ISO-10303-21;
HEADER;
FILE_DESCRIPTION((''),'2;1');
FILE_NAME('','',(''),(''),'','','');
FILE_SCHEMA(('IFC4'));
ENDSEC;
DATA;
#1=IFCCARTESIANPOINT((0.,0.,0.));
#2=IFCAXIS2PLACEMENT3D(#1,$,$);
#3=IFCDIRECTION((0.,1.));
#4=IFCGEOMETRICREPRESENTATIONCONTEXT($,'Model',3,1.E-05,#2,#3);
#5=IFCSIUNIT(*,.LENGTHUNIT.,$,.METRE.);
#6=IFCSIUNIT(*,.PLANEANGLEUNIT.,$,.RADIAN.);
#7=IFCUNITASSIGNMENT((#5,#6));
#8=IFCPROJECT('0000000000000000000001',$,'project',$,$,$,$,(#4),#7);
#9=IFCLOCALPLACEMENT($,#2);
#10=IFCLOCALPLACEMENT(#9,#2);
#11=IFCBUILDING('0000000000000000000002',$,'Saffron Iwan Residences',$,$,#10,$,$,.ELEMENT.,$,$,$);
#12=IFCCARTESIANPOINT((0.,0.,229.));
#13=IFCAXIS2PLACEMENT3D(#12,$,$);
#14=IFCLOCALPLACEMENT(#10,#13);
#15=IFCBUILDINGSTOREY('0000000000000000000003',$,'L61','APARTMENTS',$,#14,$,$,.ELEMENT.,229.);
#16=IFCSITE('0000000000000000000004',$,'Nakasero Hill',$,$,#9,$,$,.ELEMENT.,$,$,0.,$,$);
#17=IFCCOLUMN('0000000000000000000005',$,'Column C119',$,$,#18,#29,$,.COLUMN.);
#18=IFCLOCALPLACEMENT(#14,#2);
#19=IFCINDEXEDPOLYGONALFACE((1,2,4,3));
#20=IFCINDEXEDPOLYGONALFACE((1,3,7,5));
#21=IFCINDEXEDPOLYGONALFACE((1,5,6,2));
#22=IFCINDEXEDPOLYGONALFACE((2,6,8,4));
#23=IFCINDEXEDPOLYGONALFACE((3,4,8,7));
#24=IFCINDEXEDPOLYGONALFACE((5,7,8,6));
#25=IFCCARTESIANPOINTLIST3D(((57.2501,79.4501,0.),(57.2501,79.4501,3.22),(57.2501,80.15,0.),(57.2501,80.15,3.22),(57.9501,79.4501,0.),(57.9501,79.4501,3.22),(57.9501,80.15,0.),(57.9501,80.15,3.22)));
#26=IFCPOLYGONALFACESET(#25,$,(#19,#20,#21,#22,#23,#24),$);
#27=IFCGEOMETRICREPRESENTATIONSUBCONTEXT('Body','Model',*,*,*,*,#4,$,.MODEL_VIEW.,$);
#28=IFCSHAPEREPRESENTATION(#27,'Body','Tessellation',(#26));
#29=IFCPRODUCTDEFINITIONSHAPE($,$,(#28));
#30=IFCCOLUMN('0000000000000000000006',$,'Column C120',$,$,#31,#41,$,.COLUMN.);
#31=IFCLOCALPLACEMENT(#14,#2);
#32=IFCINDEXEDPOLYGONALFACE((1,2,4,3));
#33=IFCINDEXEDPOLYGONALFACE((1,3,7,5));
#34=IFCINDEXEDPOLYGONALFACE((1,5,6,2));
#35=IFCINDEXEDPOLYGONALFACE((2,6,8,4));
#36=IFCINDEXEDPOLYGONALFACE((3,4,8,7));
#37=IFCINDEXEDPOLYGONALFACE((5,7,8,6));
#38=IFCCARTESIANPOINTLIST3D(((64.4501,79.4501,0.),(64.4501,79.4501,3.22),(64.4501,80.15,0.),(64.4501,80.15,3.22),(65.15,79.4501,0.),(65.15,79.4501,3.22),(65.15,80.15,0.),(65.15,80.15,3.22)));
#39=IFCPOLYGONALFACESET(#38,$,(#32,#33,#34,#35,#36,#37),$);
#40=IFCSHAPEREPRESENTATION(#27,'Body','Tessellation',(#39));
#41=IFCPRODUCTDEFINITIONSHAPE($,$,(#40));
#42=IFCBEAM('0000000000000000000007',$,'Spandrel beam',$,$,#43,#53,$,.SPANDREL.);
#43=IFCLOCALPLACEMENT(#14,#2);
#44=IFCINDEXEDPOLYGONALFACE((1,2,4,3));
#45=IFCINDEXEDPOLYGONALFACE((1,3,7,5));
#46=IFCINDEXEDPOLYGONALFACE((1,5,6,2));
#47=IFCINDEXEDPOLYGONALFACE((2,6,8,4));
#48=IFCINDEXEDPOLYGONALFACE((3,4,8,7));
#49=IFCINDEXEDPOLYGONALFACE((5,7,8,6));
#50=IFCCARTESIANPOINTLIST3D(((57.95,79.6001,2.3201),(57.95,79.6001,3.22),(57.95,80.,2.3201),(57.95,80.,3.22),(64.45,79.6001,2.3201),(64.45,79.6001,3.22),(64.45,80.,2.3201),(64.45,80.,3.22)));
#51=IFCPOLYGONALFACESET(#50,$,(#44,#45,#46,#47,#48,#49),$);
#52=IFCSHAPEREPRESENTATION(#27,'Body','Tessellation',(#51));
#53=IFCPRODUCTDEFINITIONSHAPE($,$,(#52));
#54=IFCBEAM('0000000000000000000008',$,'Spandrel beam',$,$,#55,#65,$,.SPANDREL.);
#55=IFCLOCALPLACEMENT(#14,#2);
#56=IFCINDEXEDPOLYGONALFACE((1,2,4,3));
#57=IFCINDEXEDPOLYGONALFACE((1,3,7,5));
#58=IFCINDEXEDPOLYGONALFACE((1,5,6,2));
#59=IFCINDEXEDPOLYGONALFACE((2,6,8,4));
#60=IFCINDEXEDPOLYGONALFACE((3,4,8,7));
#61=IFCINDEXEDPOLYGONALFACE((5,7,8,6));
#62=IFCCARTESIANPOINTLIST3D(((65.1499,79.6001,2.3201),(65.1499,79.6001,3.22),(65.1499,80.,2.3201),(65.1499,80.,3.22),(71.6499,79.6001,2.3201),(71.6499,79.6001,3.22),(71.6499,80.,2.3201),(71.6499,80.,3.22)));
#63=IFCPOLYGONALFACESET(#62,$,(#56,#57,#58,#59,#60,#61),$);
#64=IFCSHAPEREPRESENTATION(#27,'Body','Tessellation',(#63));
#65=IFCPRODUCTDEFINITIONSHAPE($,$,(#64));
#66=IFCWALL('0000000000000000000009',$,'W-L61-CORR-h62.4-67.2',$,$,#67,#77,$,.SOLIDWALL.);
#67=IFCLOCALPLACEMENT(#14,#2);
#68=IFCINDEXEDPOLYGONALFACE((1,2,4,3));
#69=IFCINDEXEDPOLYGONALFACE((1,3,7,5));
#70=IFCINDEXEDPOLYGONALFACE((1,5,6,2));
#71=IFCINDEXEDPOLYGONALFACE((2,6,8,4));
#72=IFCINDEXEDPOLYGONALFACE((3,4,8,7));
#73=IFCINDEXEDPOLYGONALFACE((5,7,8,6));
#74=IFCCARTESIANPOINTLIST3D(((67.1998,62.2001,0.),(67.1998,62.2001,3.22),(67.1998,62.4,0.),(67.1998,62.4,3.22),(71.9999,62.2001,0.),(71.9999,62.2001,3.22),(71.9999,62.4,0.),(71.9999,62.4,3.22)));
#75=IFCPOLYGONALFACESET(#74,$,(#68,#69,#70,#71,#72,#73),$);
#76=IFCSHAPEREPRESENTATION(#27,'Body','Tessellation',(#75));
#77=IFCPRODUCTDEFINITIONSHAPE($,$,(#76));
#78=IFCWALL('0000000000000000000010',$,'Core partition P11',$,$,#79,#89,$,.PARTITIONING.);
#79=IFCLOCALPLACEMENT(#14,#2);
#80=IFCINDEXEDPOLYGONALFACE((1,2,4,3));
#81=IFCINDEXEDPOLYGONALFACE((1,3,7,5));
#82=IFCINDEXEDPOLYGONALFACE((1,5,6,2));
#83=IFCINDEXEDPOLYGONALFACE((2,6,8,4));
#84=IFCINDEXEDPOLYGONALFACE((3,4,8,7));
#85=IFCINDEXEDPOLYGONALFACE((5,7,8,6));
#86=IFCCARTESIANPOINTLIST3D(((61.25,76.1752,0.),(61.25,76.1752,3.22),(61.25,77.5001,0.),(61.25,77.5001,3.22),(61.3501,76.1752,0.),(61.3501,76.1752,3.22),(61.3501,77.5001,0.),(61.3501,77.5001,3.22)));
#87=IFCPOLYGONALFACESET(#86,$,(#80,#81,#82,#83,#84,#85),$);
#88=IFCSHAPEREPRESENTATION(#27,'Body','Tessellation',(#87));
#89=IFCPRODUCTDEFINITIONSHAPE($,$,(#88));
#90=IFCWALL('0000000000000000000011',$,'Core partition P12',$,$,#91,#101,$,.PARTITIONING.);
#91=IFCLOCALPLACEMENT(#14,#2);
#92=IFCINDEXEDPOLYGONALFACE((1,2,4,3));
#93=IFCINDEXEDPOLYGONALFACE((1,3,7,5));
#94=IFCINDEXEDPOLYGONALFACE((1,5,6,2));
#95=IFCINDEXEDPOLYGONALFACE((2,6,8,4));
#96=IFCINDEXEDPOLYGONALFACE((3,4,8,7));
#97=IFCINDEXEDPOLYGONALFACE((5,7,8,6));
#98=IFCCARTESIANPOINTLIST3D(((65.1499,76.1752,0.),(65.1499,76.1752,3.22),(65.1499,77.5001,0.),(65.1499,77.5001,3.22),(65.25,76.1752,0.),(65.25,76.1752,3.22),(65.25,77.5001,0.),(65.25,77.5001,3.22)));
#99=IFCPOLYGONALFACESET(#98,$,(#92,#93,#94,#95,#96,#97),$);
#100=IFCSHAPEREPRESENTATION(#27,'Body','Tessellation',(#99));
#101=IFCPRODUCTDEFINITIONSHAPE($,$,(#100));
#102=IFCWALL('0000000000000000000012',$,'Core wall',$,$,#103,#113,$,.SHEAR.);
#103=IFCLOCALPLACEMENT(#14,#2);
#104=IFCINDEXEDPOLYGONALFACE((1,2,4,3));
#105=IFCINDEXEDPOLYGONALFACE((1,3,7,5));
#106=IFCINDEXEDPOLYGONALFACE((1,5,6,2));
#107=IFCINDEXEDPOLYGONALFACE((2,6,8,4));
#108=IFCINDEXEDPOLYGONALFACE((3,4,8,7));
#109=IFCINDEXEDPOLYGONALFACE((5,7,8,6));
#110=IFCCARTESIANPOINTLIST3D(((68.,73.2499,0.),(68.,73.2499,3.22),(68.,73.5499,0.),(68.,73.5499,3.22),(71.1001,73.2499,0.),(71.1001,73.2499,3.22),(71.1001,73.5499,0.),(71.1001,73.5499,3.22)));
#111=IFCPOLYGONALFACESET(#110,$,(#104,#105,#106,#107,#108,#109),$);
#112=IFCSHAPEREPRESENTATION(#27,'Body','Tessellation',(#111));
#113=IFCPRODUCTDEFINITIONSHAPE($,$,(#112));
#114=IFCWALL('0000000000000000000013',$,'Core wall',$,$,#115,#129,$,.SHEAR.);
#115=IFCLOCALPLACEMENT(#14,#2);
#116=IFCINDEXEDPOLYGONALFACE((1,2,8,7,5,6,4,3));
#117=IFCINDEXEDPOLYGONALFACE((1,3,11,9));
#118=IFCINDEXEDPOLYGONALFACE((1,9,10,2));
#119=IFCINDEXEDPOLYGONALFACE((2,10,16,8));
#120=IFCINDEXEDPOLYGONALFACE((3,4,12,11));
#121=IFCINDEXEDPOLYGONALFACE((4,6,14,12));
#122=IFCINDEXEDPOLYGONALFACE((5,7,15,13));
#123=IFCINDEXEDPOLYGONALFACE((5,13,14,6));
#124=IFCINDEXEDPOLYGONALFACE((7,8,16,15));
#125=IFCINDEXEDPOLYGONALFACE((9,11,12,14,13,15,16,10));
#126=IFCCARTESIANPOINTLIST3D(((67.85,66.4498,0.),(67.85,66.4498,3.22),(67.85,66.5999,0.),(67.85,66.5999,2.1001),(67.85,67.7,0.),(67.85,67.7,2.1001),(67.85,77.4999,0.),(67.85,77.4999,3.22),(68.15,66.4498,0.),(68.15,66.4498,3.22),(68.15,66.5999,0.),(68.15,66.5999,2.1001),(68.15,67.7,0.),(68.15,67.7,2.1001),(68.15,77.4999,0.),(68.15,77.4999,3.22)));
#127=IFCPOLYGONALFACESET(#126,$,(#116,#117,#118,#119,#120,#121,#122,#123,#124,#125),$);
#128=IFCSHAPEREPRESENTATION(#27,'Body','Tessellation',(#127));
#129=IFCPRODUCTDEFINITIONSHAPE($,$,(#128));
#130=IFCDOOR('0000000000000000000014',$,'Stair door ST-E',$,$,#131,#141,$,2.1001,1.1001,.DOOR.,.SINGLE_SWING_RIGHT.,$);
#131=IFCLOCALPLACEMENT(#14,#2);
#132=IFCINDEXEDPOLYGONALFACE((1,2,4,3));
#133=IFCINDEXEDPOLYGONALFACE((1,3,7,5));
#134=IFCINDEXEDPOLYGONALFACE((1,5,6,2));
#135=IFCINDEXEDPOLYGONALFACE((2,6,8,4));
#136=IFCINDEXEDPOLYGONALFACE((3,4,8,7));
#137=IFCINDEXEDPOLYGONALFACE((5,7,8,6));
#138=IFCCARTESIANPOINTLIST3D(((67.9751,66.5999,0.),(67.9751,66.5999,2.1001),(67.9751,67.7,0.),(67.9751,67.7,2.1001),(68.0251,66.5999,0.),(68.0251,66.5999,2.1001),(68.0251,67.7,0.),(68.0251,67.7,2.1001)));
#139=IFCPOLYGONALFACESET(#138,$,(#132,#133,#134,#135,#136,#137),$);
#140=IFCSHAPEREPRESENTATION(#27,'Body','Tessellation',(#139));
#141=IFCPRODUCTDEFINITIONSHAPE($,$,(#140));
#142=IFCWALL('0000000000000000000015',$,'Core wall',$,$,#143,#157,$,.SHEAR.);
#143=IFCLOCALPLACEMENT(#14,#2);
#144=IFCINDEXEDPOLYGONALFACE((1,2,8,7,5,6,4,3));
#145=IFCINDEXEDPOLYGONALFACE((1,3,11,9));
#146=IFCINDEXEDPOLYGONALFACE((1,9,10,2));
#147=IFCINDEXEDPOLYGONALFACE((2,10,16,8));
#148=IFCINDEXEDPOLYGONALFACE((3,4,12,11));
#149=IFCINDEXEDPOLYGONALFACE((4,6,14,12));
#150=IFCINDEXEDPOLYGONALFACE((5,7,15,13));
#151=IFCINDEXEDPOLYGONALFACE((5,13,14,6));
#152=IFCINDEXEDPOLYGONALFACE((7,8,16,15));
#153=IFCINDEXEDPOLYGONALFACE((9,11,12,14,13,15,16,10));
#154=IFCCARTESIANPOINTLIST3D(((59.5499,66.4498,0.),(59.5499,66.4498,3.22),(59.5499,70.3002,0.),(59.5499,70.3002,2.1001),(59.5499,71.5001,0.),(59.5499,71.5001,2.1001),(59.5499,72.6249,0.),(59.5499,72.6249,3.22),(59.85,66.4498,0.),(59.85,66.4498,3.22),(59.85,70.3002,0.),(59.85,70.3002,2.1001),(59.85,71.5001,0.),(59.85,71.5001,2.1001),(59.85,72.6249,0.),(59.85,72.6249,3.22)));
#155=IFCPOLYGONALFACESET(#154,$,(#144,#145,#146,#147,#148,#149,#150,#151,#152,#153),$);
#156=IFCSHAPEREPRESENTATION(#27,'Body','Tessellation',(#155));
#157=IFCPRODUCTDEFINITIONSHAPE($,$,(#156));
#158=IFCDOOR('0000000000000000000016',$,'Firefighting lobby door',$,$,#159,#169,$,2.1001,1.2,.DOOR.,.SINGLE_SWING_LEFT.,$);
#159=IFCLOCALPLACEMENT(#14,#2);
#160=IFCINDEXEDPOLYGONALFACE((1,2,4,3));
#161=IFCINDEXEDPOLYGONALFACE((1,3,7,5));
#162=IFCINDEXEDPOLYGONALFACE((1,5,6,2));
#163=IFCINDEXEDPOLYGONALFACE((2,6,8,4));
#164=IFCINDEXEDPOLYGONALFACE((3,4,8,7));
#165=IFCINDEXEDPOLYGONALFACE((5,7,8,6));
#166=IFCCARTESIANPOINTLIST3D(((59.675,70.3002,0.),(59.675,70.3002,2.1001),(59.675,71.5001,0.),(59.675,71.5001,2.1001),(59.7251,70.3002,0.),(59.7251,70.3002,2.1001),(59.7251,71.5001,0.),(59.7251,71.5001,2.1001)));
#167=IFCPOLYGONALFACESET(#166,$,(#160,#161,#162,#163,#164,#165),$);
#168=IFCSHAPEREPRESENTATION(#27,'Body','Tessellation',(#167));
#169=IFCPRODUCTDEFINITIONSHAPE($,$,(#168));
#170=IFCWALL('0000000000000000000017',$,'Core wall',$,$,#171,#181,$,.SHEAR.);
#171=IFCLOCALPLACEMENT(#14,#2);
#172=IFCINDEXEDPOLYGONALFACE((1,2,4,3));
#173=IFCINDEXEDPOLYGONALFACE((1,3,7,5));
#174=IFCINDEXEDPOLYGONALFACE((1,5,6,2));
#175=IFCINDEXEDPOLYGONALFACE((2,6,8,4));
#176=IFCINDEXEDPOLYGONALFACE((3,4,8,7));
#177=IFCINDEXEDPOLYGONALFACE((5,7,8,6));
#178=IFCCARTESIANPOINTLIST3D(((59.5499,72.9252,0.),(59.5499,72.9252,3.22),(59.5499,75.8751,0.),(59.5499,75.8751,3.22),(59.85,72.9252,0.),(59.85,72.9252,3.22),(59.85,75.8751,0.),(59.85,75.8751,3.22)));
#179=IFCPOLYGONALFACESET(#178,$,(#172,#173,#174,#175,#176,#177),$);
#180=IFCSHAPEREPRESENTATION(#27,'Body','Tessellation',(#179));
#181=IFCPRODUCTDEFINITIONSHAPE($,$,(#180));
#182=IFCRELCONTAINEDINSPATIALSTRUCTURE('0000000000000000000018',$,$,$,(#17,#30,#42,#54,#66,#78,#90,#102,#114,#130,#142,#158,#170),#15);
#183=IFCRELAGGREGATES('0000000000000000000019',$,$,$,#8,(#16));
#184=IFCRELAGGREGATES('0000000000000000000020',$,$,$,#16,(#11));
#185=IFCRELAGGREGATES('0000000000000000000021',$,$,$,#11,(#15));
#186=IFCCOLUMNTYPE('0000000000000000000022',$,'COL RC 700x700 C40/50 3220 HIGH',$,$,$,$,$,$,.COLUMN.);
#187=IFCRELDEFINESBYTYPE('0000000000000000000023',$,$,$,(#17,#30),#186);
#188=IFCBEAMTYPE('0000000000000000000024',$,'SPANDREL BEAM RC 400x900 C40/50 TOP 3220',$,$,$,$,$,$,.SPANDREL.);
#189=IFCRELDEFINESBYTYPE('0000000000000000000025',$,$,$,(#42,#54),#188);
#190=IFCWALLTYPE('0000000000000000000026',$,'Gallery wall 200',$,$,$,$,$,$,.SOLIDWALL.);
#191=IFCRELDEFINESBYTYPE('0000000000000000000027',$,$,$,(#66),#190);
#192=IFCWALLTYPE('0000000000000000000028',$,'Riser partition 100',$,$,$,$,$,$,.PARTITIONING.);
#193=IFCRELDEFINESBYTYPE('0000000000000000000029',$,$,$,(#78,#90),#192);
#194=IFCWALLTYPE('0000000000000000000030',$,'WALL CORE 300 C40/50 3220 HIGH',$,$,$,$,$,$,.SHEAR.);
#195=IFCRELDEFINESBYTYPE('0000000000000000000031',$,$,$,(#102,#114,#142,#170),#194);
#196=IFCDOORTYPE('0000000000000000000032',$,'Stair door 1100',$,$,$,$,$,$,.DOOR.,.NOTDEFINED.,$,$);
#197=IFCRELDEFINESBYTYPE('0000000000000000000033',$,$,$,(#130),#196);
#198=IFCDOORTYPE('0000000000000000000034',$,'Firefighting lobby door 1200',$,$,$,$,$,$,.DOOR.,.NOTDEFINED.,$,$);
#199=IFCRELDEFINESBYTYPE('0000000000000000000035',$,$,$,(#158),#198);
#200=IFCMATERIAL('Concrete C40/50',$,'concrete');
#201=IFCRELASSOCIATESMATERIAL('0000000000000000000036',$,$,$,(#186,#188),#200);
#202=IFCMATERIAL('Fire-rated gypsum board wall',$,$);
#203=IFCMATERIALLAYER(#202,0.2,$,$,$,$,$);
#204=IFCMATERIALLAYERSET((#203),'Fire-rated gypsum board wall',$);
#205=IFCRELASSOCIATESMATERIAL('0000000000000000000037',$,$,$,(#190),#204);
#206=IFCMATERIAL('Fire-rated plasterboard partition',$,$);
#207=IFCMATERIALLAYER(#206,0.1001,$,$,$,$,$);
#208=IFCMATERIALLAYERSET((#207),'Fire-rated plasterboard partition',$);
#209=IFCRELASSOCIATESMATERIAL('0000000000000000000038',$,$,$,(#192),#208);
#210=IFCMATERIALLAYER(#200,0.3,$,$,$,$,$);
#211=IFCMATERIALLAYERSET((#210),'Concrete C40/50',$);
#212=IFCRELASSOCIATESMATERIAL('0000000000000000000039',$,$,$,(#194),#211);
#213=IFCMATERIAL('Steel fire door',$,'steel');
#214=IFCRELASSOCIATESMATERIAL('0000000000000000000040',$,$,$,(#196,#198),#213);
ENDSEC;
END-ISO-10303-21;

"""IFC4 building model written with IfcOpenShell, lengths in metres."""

from ifc_helpers import new_model, si_unit, direction, frame, frame_2d, origin, origin_2d, place, context, subcontext, project, spatial, rectangle, extrude, source, transform, mapped, material, layer, layer_set, material_profile, profile_set, type_object, element, fill, save


model = new_model("IFC4")

# Units and contexts
model_context = context("Model", 3, precision=1e-05, world=origin(), true_north=direction((0.0, 1.0)))
body_context = subcontext(model_context, "Body", "Model", "MODEL_VIEW")
ifc_project = project(units=[si_unit("LENGTHUNIT", "METRE"), si_unit("PLANEANGLEUNIT", "RADIAN")], contexts=[model_context])

# Site, building, storey
site_placement = place(None, origin())
site = spatial("IfcSite", under=ifc_project, at=site_placement, Name="Nakasero Hill", CompositionType="ELEMENT", RefElevation=0.0)
building_placement = place(site_placement, origin())
building = spatial("IfcBuilding", under=site, at=building_placement, Name="Saffron Iwan Residences", CompositionType="ELEMENT")
storey_placement = place(building_placement, frame((0.0, 0.0, 229.0)))
storey = spatial("IfcBuildingStorey", under=building, at=storey_placement, Name="L61", Description="APARTMENTS", CompositionType="ELEMENT", Elevation=229.0)

# Columns
ifc_material_1 = material(Name="Concrete C40/50", Category="concrete")
ifc_material_profile_1 = material_profile(ifc_material_1, rectangle(XDim=0.7, YDim=0.7, at=origin_2d()), Name="RC 700x700")
ifc_profile_set_1 = profile_set([ifc_material_profile_1], Name="Concrete C40/50")
column_type = type_object("IfcColumnType", Name="COL RC 700x700 C40/50 3220 HIGH", PredefinedType="COLUMN", material=ifc_profile_set_1)
shared_shape_1 = source(origin(), body_context, "Body", "SweptSolid", [
    extrude(rectangle(XDim=0.7, YDim=0.7, at=origin_2d()), origin(), (0.0, 0.0, 1.0), 3.22),
])
for number, where, z_axis, x_axis, name in (
    (1, (57.6001, 79.8, 0.0), (0.0, 0.0, 1.0), (1.0, 0.0, 0.0), "Column C119"),
    (2, (64.8, 79.8, 0.0), (0.0, 0.0, 1.0), (1.0, 0.0, 0.0), "Column C120"),
):
    element("IfcColumn", number, at=place(storey_placement, frame(where, z_axis=z_axis, x_axis=x_axis)), inside=storey, type_object=column_type, Name=name, PredefinedType="COLUMN", context=body_context, shape_type="MappedRepresentation", body=[
        mapped(shared_shape_1, transform((0.0, 0.0, 0.0))),
    ])

# Beams
ifc_material_profile_2 = material_profile(ifc_material_1, rectangle(XDim=0.3999, YDim=0.8999, at=origin_2d()), Name="RC 400x900")
ifc_profile_set_2 = profile_set([ifc_material_profile_2], Name="Concrete C40/50")
beam_type = type_object("IfcBeamType", Name="SPANDREL BEAM RC 400x900 C40/50 TOP 3220", PredefinedType="SPANDREL", material=ifc_profile_set_2)
shared_shape_2 = source(origin(), body_context, "Body", "SweptSolid", [
    extrude(rectangle(XDim=0.3999, YDim=0.8999, at=origin_2d()), origin(), (0.0, 0.0, 1.0), 6.5),
])
for number, where, z_axis, x_axis, name in (
    (3, (57.95, 79.8, 2.77), (1.0, 0.0, 0.0), (0.0, 1.0, 0.0), "Spandrel beam"),
    (4, (65.1499, 79.8, 2.77), (1.0, 0.0, 0.0), (0.0, 1.0, 0.0), "Spandrel beam"),
):
    element("IfcBeam", number, at=place(storey_placement, frame(where, z_axis=z_axis, x_axis=x_axis)), inside=storey, type_object=beam_type, Name=name, PredefinedType="SPANDREL", context=body_context, shape_type="MappedRepresentation", body=[
        mapped(shared_shape_2, transform((0.0, 0.0, 0.0))),
    ])

# Walls
ifc_material_2 = material(Name="Fire-rated gypsum board wall")
ifc_layer_1 = layer(ifc_material_2, 0.2)
ifc_layer_set_1 = layer_set([ifc_layer_1], Name="Fire-rated gypsum board wall")
wall_type_1 = type_object("IfcWallType", Name="Gallery wall 200", PredefinedType="SOLIDWALL", material=ifc_layer_set_1)
wall_1_placement = place(storey_placement, frame((67.2, 62.3, 0.0), z_axis=(0.0, 0.0, 1.0), x_axis=(1.0, 0.0, 0.0)))
element("IfcWall", 5, at=wall_1_placement, inside=storey, type_object=wall_type_1, Name="W-L61-CORR-h62.4-67.2", PredefinedType="SOLIDWALL", context=body_context, shape_type="SweptSolid", body=[
    extrude(rectangle(XDim=4.8, YDim=0.2, at=frame_2d((2.3999, 0.0))), origin(), (0.0, 0.0, 1.0), 3.22),
])
ifc_material_3 = material(Name="Fire-rated plasterboard partition")
ifc_layer_2 = layer(ifc_material_3, 0.1001)
ifc_layer_set_2 = layer_set([ifc_layer_2], Name="Fire-rated plasterboard partition")
wall_type_2 = type_object("IfcWallType", Name="Riser partition 100", PredefinedType="PARTITIONING", material=ifc_layer_set_2)
for number, where, z_axis, x_axis, name in (
    (6, (61.3, 76.175, 0.0), (0.0, 0.0, 1.0), (0.0, 1.0, 0.0), "Core partition P11"),
    (7, (65.2, 76.175, 0.0), (0.0, 0.0, 1.0), (0.0, 1.0, 0.0), "Core partition P12"),
):
    element("IfcWall", number, at=place(storey_placement, frame(where, z_axis=z_axis, x_axis=x_axis)), inside=storey, type_object=wall_type_2, Name=name, PredefinedType="PARTITIONING", context=body_context, shape_type="SweptSolid", body=[
        extrude(rectangle(XDim=1.325, YDim=0.1001, at=frame_2d((0.6626, 0.0))), origin(), (0.0, 0.0, 1.0), 3.22),
    ])
ifc_layer_3 = layer(ifc_material_1, 0.3)
ifc_layer_set_3 = layer_set([ifc_layer_3], Name="Concrete C40/50")
wall_type_3 = type_object("IfcWallType", Name="WALL CORE 300 C40/50 3220 HIGH", PredefinedType="SHEAR", material=ifc_layer_set_3)
wall_2_placement = place(storey_placement, frame((68.0, 73.3999, 0.0), z_axis=(0.0, 0.0, 1.0), x_axis=(1.0, 0.0, 0.0)))
element("IfcWall", 8, at=wall_2_placement, inside=storey, type_object=wall_type_3, Name="Core wall", PredefinedType="SHEAR", context=body_context, shape_type="SweptSolid", body=[
    extrude(rectangle(XDim=3.1001, YDim=0.3, at=frame_2d((1.55, 0.0))), origin(), (0.0, 0.0, 1.0), 3.22),
])

# Walls, openings, doors
wall_3_placement = place(storey_placement, frame((68.0, 66.45, 0.0), z_axis=(0.0, 0.0, 1.0), x_axis=(0.0, 1.0, 0.0)))
wall_3 = element("IfcWall", 9, at=wall_3_placement, inside=storey, type_object=wall_type_3, Name="Core wall", PredefinedType="SHEAR", context=body_context, shape_type="SweptSolid", body=[
    extrude(rectangle(XDim=11.05, YDim=0.3, at=frame_2d((5.5249, 0.0))), origin(), (0.0, 0.0, 1.0), 3.22),
])
opening_1_placement = place(wall_3_placement, frame((0.1499, 0.0, 0.0)))
opening_1 = element("IfcOpeningElement", 10, at=opening_1_placement, cuts=wall_3, PredefinedType="OPENING", context=body_context, shape_type="SweptSolid", body=[
    extrude(rectangle(XDim=1.1001, YDim=2.1001, at=frame_2d((0.55, 1.05))), frame((0.0, 0.1602, 0.0), z_axis=(0.0, -1.0, 0.0), x_axis=(1.0, 0.0, 0.0)), (0.0, 0.0, 1.0), 0.3201),
])
ifc_material_4 = material(Name="Steel fire door", Category="steel")
door_type_1 = type_object("IfcDoorType", Name="Stair door 1100", OperationType="NOTDEFINED", PredefinedType="DOOR", material=ifc_material_4)
door_1_placement = place(opening_1_placement, origin())
door_1 = element("IfcDoor", 11, at=door_1_placement, inside=storey, type_object=door_type_1, Name="Stair door ST-E", OperationType="SINGLE_SWING_RIGHT", OverallHeight=2.1001, OverallWidth=1.1001, PredefinedType="DOOR", context=body_context, shape_type="SweptSolid", body=[
    extrude(rectangle(XDim=1.1001, YDim=2.1001, at=frame_2d((0.55, 1.05))), frame((0.0, 0.0249, 0.0), z_axis=(0.0, -1.0, 0.0), x_axis=(1.0, 0.0, 0.0)), (0.0, 0.0, 1.0), 0.05),
])
fill(opening_1, door_1)
wall_4_placement = place(storey_placement, frame((59.7, 66.45, 0.0), z_axis=(0.0, 0.0, 1.0), x_axis=(0.0, 1.0, 0.0)))
wall_4 = element("IfcWall", 12, at=wall_4_placement, inside=storey, type_object=wall_type_3, Name="Core wall", PredefinedType="SHEAR", context=body_context, shape_type="SweptSolid", body=[
    extrude(rectangle(XDim=6.175, YDim=0.3, at=frame_2d((3.0874, 0.0))), origin(), (0.0, 0.0, 1.0), 3.22),
])
opening_2_placement = place(wall_4_placement, frame((3.8501, 0.0, 0.0)))
opening_2 = element("IfcOpeningElement", 13, at=opening_2_placement, cuts=wall_4, PredefinedType="OPENING", context=body_context, shape_type="SweptSolid", body=[
    extrude(rectangle(XDim=1.2, YDim=2.1001, at=frame_2d((0.6001, 1.05))), frame((0.0, 0.1602, 0.0), z_axis=(0.0, -1.0, 0.0), x_axis=(1.0, 0.0, 0.0)), (0.0, 0.0, 1.0), 0.3201),
])
door_type_2 = type_object("IfcDoorType", Name="Firefighting lobby door 1200", OperationType="NOTDEFINED", PredefinedType="DOOR", material=ifc_material_4)
door_2_placement = place(opening_2_placement, origin())
door_2 = element("IfcDoor", 14, at=door_2_placement, inside=storey, type_object=door_type_2, Name="Firefighting lobby door", OperationType="SINGLE_SWING_LEFT", OverallHeight=2.1001, OverallWidth=1.2, PredefinedType="DOOR", context=body_context, shape_type="SweptSolid", body=[
    extrude(rectangle(XDim=1.2, YDim=2.1001, at=frame_2d((0.6001, 1.05))), frame((0.0, 0.0249, 0.0), z_axis=(0.0, -1.0, 0.0), x_axis=(1.0, 0.0, 0.0)), (0.0, 0.0, 1.0), 0.05),
])
fill(opening_2, door_2)

# Wall
wall_5_placement = place(storey_placement, frame((59.7, 72.925, 0.0), z_axis=(0.0, 0.0, 1.0), x_axis=(0.0, 1.0, 0.0)))
element("IfcWall", 15, at=wall_5_placement, inside=storey, type_object=wall_type_3, Name="Core wall", PredefinedType="SHEAR", context=body_context, shape_type="SweptSolid", body=[
    extrude(rectangle(XDim=2.95, YDim=0.3, at=frame_2d((1.4751, 0.0))), origin(), (0.0, 0.0, 1.0), 3.22),
])

save(model, "model.ifc")
